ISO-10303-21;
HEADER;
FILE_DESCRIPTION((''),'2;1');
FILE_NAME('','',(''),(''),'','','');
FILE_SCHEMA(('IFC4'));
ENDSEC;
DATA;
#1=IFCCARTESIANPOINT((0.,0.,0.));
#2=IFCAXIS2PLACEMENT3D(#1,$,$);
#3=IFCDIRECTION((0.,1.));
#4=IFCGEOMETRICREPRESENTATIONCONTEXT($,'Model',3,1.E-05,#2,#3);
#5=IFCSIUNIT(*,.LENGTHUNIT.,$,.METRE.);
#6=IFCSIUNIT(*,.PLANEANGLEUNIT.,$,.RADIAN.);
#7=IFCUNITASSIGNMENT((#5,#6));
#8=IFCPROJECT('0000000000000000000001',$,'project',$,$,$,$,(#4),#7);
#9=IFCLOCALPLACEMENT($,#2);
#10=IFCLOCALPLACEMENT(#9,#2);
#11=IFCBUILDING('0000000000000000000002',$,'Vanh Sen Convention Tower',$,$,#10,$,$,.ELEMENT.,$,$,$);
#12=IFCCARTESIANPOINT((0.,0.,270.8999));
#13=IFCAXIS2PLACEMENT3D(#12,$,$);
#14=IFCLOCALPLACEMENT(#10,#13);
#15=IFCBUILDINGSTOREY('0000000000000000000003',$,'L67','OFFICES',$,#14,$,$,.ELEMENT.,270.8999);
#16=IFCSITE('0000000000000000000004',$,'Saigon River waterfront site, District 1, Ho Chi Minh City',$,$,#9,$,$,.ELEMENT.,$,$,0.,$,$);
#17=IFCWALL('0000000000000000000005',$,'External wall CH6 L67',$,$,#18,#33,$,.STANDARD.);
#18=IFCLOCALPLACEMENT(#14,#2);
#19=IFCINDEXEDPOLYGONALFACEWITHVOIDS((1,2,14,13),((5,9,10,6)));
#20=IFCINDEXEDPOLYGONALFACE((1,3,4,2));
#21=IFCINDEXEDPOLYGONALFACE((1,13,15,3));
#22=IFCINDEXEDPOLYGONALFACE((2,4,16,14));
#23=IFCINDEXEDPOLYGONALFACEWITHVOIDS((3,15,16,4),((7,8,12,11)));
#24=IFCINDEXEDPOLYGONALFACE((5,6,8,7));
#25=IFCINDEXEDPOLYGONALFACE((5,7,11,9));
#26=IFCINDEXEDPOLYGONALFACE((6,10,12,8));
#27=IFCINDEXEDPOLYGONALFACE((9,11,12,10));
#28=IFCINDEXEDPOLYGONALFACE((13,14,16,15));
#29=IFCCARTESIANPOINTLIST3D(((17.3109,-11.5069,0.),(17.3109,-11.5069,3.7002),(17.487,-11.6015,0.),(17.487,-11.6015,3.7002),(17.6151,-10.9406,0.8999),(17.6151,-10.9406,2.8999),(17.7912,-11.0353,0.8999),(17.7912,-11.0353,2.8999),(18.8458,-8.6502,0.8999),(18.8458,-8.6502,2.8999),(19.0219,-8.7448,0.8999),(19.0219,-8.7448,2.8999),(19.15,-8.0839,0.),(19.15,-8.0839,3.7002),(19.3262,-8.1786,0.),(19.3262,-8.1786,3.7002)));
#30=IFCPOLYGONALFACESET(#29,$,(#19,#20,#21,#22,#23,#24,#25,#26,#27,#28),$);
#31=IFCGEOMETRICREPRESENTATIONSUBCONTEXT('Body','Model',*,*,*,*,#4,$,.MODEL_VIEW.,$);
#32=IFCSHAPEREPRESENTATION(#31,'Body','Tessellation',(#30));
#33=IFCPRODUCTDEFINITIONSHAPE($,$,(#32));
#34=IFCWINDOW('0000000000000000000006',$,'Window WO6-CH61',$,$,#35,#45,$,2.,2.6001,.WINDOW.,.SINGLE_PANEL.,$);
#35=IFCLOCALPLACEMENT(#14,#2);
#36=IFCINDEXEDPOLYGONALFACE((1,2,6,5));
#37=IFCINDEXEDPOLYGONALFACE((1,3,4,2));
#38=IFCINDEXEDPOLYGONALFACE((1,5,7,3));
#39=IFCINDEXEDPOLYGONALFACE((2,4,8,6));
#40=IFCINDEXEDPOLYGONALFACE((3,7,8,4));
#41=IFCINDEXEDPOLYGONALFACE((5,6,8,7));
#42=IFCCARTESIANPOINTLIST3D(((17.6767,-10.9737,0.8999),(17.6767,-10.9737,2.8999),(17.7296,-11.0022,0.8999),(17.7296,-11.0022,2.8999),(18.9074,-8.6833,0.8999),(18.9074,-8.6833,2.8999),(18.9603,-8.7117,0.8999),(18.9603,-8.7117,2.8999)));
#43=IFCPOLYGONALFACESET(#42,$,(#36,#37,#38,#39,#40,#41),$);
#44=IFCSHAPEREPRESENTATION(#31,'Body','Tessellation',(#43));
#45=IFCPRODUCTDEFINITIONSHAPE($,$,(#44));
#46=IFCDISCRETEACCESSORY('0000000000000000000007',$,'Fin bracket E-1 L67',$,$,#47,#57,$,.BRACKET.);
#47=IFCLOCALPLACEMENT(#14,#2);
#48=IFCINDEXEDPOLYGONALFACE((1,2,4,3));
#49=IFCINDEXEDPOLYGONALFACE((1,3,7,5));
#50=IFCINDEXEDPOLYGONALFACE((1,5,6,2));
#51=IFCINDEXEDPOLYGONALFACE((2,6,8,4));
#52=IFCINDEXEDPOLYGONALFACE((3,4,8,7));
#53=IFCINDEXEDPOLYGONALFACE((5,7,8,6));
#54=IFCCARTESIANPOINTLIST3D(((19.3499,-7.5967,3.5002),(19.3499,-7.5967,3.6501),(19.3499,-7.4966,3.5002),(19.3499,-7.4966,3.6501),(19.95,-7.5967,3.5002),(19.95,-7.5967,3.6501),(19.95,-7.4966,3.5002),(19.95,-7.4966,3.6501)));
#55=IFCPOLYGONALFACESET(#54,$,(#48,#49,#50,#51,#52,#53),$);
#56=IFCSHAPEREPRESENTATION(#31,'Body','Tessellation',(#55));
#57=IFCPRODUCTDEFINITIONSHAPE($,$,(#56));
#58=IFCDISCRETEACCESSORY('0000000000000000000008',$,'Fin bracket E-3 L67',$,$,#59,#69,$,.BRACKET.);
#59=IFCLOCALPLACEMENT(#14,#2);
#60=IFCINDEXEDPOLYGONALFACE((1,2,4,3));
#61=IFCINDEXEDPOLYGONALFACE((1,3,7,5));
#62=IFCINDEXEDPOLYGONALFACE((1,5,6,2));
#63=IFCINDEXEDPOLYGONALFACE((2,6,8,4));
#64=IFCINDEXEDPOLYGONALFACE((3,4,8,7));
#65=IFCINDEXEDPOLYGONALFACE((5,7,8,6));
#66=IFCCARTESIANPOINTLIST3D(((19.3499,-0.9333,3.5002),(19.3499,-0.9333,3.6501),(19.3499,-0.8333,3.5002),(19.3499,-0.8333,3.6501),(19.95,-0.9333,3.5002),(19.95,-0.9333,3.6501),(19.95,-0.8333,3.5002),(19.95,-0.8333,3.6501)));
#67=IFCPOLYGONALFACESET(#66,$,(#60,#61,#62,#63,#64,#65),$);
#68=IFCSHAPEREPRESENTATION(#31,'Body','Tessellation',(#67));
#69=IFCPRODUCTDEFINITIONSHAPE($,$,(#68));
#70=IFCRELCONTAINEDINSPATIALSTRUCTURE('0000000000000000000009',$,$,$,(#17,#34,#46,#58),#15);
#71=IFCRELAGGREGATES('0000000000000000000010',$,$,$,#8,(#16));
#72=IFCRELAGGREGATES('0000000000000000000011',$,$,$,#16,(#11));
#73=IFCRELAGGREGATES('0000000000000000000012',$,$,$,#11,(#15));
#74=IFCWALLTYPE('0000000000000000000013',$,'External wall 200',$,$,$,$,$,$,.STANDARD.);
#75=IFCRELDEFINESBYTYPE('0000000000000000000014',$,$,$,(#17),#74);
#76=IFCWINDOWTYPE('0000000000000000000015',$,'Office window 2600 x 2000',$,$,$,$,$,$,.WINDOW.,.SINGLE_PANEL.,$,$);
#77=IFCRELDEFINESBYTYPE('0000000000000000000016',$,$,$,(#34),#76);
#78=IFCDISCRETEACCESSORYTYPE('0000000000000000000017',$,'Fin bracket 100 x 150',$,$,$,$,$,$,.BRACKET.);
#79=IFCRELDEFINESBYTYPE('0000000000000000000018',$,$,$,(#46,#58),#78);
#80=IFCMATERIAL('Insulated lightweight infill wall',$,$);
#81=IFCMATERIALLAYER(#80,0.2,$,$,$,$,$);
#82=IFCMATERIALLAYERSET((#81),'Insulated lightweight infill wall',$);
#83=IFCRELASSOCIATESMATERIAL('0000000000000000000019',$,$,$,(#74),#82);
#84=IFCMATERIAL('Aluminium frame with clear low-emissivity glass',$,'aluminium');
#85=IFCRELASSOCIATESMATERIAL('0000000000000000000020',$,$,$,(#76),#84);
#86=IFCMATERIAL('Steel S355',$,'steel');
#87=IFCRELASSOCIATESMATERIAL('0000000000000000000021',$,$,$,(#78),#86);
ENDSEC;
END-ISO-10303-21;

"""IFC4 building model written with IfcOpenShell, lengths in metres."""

from ifc_helpers import new_model, si_unit, direction, frame, frame_2d, origin, origin_2d, place, context, subcontext, project, spatial, rectangle, extrude, material, layer, layer_set, type_object, element, fill, save


model = new_model("IFC4")

# Units and contexts
model_context = context("Model", 3, precision=1e-05, world=origin(), true_north=direction((0.0, 1.0)))
body_context = subcontext(model_context, "Body", "Model", "MODEL_VIEW")
ifc_project = project(units=[si_unit("LENGTHUNIT", "METRE"), si_unit("PLANEANGLEUNIT", "RADIAN")], contexts=[model_context])

# Site, building, storey
site_placement = place(None, origin())
site = spatial("IfcSite", under=ifc_project, at=site_placement, Name="Saigon River waterfront site, District 1, Ho Chi Minh City", CompositionType="ELEMENT", RefElevation=0.0)
building_placement = place(site_placement, origin())
building = spatial("IfcBuilding", under=site, at=building_placement, Name="Vanh Sen Convention Tower", CompositionType="ELEMENT")
storey_placement = place(building_placement, frame((0.0, 0.0, 270.8999)))
storey = spatial("IfcBuildingStorey", under=building, at=storey_placement, Name="L67", Description="OFFICES", CompositionType="ELEMENT", Elevation=270.8999)

# Shared definitions
ifc_material_1 = material(Name="Insulated lightweight infill wall")
ifc_layer_1 = layer(ifc_material_1, 0.2)
ifc_layer_set_1 = layer_set([ifc_layer_1], Name="Insulated lightweight infill wall")
wall_type_1 = type_object("IfcWallType", Name="External wall 200", PredefinedType="STANDARD", material=ifc_layer_set_1)
ifc_material_2 = material(Name="Aluminium frame with clear low-emissivity glass", Category="aluminium")

# Wall, opening, window
wall_1_placement = place(storey_placement, frame((17.3989, -11.5542, 0.0), z_axis=(0.0, 0.0, 1.0), x_axis=(0.473309, 0.880896, 0.0)))
wall_1 = element("IfcWall", 1, at=wall_1_placement, inside=storey, type_object=wall_type_1, Name="External wall CH6 L67", PredefinedType="STANDARD", context=body_context, shape_type="SweptSolid", body=[
    extrude(rectangle(XDim=3.8857, YDim=0.2, at=frame_2d((1.9429, 0.0))), origin(), (0.0, 0.0, 1.0), 3.7002),
])
opening_1_placement = place(wall_1_placement, frame((0.6428, 0.0, 0.8999)))
opening_1 = element("IfcOpeningElement", 2, at=opening_1_placement, cuts=wall_1, PredefinedType="OPENING", context=body_context, shape_type="SweptSolid", body=[
    extrude(rectangle(XDim=2.6001, YDim=2.0, at=frame_2d((1.3, 1.0))), frame((0.0, 0.1099, 0.0), z_axis=(0.0, -1.0, 0.0), x_axis=(1.0, 0.0, 0.0)), (0.0, 0.0, 1.0), 0.22),
])
window_type_1 = type_object("IfcWindowType", Name="Office window 2600 x 2000", PartitioningType="SINGLE_PANEL", PredefinedType="WINDOW", material=ifc_material_2)
window_1_placement = place(opening_1_placement, origin())
window_1 = element("IfcWindow", 3, at=window_1_placement, inside=storey, type_object=window_type_1, Name="Window WO6-CH61", OverallHeight=2.0, OverallWidth=2.6001, PartitioningType="SINGLE_PANEL", PredefinedType="WINDOW", context=body_context, shape_type="SweptSolid", body=[
    extrude(rectangle(XDim=2.6001, YDim=2.0, at=frame_2d((1.3, 1.0))), frame((0.0, 0.03, 0.0), z_axis=(0.0, -1.0, 0.0), x_axis=(1.0, 0.0, 0.0)), (0.0, 0.0, 1.0), 0.0601),
])
fill(opening_1, window_1)

# Discrete accessories
ifc_material_3 = material(Name="Steel S355", Category="steel")
discrete_accessory_type = type_object("IfcDiscreteAccessoryType", Name="Fin bracket 100 x 150", PredefinedType="BRACKET", material=ifc_material_3)
for number, where, z_axis, x_axis, name in (
    (4, (19.6499, -7.5466, 3.5002), (0.0, 0.0, 1.0), (1.0, 0.0, 0.0), "Fin bracket E-1 L67"),
    (5, (19.6499, -0.8833, 3.5002), (0.0, 0.0, 1.0), (1.0, 0.0, 0.0), "Fin bracket E-3 L67"),
):
    element("IfcDiscreteAccessory", number, at=place(storey_placement, frame(where, z_axis=z_axis, x_axis=x_axis)), inside=storey, type_object=discrete_accessory_type, Name=name, PredefinedType="BRACKET", context=body_context, shape_type="SweptSolid", body=[
        extrude(rectangle(XDim=0.6001, YDim=0.1001, at=origin_2d()), origin(), (0.0, 0.0, 1.0), 0.1499),
    ])

save(model, "model.ifc")
